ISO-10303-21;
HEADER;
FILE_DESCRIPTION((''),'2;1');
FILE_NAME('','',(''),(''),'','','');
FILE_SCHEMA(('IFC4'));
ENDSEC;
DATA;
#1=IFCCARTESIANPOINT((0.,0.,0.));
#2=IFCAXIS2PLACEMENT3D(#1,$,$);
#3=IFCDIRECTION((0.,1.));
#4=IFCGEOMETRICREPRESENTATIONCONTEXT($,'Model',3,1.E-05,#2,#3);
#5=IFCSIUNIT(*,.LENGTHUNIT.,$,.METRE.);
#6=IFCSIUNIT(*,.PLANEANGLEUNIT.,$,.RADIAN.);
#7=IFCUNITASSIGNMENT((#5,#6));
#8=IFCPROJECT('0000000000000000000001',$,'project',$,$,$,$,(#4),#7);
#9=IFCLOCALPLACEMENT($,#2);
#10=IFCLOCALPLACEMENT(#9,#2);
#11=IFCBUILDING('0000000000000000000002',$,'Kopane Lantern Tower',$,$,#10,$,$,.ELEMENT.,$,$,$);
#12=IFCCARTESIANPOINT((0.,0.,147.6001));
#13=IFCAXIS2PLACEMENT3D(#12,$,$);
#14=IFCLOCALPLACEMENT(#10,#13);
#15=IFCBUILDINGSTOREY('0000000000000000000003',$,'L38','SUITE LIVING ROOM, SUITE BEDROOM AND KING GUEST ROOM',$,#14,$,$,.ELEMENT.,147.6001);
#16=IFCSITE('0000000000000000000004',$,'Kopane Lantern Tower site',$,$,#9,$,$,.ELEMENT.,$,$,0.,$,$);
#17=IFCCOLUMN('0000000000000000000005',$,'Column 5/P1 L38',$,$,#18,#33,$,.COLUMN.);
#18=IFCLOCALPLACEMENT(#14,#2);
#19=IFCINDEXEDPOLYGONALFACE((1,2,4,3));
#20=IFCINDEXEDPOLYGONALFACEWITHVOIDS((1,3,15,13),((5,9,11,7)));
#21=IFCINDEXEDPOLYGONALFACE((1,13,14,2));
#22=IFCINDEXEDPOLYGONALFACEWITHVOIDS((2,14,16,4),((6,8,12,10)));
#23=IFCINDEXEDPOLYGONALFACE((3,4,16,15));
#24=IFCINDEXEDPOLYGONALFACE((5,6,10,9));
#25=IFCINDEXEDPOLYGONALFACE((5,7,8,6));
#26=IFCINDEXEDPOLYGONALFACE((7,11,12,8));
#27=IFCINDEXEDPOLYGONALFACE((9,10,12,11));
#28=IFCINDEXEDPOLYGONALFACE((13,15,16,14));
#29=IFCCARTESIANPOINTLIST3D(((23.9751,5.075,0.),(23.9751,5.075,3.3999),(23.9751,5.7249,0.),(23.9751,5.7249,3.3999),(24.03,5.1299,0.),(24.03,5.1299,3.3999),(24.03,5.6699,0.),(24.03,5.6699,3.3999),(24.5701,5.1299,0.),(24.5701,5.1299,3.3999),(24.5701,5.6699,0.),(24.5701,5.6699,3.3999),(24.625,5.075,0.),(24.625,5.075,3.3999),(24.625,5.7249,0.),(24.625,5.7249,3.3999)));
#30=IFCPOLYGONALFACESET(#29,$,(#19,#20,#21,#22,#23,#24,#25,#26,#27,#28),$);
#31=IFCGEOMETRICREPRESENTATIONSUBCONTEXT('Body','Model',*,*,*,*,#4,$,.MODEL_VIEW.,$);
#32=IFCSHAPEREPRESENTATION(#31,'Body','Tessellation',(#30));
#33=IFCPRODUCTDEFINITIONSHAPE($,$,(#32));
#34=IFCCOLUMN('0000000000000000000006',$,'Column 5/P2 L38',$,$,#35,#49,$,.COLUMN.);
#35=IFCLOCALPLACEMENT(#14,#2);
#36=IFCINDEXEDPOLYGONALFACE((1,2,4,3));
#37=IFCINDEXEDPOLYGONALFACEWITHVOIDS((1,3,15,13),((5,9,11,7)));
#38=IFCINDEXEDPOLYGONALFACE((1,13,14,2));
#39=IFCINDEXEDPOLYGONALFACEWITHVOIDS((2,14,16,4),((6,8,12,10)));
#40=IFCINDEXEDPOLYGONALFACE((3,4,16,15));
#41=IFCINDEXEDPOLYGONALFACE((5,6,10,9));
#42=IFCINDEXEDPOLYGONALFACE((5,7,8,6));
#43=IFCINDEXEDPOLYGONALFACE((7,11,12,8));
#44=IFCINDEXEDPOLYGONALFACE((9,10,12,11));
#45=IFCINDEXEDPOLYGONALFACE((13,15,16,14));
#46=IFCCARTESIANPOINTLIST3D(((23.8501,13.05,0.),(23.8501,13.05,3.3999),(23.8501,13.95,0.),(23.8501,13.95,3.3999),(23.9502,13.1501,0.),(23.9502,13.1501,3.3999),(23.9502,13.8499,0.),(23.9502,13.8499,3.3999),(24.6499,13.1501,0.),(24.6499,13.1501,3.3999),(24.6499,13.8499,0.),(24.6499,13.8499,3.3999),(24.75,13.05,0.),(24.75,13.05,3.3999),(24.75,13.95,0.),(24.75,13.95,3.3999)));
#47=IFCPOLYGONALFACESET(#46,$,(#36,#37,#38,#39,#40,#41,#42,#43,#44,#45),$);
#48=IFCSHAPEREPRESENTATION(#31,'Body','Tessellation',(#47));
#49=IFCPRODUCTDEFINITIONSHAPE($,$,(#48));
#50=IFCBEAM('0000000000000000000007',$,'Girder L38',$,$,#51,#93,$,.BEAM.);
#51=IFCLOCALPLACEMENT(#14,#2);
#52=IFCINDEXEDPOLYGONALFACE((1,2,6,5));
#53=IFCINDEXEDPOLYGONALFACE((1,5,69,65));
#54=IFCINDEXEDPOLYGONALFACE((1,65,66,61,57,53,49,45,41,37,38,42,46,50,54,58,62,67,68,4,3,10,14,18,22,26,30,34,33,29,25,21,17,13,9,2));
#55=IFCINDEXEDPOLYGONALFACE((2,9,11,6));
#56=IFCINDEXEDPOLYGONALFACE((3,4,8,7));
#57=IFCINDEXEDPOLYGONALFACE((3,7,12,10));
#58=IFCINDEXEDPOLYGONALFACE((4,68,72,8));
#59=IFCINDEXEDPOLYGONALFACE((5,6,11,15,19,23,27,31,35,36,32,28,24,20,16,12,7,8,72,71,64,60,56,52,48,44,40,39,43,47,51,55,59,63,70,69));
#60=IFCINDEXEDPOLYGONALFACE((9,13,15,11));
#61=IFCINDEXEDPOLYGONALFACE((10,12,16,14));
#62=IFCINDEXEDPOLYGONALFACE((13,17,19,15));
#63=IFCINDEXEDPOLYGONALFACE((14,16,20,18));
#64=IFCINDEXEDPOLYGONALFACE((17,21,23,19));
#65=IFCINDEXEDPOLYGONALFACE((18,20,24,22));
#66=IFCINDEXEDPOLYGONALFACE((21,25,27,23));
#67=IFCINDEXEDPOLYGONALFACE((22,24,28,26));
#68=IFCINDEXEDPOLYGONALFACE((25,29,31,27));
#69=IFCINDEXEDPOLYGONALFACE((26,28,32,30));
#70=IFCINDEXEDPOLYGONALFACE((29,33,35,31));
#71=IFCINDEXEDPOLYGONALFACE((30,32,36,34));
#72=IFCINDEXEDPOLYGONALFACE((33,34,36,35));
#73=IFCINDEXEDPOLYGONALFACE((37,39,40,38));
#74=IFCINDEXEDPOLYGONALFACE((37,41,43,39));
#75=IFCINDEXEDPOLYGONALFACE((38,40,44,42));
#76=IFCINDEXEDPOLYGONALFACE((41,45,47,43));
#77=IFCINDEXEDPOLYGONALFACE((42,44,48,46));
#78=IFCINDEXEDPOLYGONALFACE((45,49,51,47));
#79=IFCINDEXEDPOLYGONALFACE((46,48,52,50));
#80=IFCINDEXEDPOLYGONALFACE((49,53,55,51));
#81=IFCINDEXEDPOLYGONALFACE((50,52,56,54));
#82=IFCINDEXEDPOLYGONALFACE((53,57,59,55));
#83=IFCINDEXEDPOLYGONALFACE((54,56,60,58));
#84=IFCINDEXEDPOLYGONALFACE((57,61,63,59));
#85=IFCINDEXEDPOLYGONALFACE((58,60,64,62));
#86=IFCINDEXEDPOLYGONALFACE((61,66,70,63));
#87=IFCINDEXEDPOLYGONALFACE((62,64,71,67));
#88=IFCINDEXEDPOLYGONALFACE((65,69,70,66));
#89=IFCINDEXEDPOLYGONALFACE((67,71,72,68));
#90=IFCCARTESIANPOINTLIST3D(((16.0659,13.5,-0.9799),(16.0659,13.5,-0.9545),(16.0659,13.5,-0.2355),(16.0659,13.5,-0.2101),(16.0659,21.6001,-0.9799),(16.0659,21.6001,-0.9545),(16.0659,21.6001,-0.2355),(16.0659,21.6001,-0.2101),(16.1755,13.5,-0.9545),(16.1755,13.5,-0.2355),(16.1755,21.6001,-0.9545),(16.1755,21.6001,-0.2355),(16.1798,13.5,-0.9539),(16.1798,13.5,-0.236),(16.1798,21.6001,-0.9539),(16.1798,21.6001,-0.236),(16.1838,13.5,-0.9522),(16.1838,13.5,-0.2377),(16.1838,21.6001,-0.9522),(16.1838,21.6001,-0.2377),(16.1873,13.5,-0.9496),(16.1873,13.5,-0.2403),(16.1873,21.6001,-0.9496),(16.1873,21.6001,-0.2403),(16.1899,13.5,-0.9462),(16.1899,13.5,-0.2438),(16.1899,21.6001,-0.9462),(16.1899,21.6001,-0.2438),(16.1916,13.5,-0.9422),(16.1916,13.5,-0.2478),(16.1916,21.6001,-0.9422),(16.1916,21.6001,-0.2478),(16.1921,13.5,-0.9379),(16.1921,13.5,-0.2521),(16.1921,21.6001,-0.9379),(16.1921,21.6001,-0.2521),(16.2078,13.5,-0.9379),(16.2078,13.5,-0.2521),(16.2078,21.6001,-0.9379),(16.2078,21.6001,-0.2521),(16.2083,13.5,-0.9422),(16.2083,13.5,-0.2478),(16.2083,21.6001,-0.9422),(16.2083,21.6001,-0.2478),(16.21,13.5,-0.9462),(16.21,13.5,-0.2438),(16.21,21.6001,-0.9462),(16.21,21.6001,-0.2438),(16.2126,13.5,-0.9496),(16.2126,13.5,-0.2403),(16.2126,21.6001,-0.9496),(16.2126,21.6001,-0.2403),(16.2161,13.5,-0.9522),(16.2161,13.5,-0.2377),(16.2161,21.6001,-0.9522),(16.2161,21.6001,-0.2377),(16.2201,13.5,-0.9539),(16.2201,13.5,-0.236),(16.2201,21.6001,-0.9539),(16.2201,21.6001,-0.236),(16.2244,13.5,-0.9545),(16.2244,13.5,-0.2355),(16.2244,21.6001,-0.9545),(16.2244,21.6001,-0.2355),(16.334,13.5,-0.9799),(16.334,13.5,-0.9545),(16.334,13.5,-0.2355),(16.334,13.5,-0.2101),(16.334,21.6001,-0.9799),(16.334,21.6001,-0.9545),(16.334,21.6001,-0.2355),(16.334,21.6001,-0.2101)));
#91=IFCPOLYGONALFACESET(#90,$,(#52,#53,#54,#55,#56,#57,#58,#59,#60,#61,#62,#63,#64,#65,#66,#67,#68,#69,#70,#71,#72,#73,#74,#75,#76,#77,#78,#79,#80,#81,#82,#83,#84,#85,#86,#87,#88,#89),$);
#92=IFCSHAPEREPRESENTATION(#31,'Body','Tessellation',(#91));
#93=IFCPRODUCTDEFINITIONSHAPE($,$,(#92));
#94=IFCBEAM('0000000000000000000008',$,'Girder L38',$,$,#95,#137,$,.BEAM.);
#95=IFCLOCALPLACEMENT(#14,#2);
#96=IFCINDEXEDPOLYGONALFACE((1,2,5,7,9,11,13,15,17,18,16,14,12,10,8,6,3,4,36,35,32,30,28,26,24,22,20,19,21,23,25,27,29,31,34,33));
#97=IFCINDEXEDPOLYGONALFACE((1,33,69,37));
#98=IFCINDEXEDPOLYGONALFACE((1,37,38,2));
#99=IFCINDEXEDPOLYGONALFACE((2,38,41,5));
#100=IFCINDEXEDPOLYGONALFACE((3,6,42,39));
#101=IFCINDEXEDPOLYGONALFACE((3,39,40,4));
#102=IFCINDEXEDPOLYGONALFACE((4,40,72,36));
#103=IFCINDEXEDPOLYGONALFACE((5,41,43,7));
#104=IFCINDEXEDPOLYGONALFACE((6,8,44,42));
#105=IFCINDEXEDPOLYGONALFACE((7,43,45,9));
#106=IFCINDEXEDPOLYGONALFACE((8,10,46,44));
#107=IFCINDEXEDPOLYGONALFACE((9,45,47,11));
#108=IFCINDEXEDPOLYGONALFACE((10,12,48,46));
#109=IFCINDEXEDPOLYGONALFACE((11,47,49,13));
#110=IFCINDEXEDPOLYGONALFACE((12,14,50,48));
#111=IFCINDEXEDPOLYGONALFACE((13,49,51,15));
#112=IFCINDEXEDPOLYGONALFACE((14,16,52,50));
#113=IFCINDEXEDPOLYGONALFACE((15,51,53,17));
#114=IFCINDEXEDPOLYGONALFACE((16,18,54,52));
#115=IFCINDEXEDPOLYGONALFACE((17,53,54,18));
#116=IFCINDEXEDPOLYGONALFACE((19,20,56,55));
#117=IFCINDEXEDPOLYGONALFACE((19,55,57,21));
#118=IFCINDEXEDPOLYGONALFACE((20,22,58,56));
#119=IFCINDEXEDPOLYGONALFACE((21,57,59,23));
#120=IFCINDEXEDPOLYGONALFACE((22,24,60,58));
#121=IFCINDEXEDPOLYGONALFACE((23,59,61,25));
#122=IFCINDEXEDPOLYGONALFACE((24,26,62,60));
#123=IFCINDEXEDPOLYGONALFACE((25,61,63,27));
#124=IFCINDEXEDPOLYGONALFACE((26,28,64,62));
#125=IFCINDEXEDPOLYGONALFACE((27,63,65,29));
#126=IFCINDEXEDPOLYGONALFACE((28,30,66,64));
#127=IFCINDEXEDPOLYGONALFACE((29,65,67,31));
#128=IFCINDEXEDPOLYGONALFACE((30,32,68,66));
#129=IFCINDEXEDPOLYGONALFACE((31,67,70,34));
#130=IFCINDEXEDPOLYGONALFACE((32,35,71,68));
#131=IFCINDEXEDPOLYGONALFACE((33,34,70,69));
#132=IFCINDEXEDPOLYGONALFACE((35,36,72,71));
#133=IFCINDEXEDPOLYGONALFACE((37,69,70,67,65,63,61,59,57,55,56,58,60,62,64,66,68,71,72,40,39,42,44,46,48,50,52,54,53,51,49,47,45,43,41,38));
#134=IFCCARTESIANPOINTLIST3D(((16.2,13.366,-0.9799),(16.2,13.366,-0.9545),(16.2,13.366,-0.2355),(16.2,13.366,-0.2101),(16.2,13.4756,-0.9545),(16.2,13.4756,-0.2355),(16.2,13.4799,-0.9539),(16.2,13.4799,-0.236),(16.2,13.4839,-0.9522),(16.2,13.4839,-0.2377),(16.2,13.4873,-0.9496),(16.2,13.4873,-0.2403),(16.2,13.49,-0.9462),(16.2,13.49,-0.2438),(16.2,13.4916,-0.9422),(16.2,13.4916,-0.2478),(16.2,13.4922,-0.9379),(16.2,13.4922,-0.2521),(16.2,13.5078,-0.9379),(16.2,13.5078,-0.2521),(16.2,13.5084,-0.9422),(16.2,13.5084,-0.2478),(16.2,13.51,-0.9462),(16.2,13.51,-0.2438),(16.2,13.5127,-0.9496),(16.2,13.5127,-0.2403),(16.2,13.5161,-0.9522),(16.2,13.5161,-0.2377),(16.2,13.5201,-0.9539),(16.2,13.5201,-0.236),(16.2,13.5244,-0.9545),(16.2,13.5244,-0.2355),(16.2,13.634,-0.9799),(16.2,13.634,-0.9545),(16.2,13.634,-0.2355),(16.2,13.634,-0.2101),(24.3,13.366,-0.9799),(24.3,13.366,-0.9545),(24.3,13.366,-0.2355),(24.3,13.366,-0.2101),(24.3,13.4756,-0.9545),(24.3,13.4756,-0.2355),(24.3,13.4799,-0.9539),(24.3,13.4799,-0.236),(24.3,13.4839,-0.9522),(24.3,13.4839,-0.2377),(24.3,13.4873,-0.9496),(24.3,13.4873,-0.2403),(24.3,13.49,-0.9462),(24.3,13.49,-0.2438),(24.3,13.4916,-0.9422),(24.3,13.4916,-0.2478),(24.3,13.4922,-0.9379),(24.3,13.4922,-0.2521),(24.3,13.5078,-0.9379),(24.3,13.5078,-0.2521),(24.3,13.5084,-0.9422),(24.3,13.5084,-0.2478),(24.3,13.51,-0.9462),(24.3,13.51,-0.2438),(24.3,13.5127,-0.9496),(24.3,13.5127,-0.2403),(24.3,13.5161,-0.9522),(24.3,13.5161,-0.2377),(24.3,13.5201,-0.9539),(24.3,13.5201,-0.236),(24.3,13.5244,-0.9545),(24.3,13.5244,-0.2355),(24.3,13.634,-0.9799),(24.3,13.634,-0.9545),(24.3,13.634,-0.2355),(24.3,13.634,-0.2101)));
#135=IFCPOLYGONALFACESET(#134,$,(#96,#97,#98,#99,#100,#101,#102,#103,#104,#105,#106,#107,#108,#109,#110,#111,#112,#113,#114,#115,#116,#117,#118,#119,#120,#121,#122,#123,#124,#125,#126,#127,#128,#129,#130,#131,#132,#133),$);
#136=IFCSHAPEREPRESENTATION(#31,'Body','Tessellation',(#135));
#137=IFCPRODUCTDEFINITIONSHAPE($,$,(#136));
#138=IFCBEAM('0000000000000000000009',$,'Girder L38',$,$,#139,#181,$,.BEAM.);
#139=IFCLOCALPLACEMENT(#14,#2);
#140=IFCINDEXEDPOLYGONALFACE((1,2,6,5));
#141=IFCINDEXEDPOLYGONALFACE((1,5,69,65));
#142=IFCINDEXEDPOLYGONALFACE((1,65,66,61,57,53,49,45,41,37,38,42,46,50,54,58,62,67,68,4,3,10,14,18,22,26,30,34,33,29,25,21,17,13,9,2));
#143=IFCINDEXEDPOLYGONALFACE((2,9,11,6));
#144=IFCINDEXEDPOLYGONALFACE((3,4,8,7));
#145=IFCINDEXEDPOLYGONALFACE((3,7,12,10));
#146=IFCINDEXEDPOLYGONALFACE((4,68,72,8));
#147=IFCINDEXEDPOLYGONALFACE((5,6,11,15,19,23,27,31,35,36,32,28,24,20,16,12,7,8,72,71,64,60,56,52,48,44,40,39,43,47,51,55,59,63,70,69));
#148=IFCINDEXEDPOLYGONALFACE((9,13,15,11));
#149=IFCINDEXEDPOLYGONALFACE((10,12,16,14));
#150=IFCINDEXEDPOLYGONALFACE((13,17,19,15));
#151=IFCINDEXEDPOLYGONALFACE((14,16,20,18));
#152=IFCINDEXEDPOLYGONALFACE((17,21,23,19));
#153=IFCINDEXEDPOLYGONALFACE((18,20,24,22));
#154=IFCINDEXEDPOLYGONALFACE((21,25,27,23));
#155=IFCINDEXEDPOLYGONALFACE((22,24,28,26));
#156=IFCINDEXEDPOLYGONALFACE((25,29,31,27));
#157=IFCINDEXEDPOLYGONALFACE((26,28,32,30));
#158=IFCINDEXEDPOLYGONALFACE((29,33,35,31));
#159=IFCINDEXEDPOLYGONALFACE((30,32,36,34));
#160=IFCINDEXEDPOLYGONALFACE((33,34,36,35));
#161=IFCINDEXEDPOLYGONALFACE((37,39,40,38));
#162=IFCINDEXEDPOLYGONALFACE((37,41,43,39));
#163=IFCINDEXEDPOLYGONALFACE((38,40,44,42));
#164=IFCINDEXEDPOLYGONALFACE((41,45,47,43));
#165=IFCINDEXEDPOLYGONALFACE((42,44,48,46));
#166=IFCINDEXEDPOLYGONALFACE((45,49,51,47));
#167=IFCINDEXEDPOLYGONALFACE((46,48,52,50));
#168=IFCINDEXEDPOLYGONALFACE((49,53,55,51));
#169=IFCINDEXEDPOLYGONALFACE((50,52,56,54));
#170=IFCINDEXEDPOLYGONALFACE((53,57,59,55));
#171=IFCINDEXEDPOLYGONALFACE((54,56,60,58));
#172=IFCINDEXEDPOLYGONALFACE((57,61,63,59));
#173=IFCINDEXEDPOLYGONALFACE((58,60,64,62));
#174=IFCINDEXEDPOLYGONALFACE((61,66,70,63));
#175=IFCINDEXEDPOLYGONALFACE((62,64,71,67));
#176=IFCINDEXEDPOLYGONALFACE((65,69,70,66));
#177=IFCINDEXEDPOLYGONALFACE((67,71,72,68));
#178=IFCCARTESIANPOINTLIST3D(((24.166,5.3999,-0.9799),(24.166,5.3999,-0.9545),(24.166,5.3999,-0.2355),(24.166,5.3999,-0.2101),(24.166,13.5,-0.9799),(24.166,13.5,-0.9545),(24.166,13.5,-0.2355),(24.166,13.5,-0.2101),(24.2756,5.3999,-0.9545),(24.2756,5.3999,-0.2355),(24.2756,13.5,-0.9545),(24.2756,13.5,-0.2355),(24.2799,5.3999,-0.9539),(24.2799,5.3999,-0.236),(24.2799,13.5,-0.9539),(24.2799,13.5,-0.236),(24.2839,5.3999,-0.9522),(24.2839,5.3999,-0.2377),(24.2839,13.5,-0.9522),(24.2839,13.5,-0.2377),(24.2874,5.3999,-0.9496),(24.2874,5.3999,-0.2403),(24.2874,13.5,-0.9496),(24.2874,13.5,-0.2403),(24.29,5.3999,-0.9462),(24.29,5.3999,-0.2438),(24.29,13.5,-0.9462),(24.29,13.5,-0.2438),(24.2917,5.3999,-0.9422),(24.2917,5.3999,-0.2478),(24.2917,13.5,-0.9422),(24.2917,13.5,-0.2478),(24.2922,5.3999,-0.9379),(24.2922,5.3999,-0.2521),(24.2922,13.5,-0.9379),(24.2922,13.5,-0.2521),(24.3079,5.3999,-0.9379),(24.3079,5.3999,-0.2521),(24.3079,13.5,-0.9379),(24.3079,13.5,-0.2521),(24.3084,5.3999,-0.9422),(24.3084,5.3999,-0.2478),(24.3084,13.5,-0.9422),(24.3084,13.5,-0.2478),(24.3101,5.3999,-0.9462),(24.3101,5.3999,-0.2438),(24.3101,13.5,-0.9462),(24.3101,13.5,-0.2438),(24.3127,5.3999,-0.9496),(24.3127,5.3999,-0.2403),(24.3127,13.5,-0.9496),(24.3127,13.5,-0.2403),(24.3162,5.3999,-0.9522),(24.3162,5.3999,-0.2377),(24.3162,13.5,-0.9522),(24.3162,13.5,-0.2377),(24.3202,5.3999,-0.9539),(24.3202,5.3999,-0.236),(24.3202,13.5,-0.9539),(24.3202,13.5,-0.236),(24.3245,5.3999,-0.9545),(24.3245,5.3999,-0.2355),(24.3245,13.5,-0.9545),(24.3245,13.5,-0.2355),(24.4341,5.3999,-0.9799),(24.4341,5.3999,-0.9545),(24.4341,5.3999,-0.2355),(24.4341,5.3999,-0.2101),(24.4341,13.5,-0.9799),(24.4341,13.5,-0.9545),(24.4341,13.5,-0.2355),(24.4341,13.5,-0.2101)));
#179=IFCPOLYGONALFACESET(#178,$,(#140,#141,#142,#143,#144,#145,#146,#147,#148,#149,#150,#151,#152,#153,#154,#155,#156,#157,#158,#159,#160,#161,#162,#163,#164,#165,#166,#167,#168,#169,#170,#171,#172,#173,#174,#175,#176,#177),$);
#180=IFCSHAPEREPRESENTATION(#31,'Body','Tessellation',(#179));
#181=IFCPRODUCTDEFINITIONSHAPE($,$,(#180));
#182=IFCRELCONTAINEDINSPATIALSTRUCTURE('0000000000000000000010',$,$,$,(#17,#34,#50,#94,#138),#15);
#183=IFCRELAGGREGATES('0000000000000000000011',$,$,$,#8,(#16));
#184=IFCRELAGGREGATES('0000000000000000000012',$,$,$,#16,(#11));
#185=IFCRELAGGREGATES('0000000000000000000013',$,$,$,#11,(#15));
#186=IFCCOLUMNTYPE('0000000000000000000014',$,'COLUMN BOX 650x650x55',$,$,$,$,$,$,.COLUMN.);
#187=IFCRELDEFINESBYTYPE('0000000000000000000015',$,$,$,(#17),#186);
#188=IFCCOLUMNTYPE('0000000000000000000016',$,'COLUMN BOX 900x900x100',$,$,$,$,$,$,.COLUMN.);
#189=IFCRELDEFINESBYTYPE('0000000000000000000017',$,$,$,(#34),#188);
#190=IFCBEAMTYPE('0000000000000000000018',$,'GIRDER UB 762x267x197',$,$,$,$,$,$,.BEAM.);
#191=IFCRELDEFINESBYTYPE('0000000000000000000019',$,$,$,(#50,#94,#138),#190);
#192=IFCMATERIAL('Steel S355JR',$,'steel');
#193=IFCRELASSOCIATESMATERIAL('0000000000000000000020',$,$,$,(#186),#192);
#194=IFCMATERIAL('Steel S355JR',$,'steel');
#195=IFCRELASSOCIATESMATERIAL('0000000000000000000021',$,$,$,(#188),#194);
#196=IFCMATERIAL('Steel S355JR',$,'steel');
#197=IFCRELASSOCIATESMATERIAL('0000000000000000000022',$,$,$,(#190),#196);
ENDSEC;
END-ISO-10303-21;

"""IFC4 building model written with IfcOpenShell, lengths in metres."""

from ifc_helpers import new_model, si_unit, direction, frame, origin, origin_2d, place, context, subcontext, project, spatial, hollow_rectangle, i_section, extrude, material, material_profile, profile_set, type_object, element, save


model = new_model("IFC4")

# Units and contexts
model_context = context("Model", 3, precision=1e-05, world=origin(), true_north=direction((0.0, 1.0)))
body_context = subcontext(model_context, "Body", "Model", "MODEL_VIEW")
ifc_project = project(units=[si_unit("LENGTHUNIT", "METRE"), si_unit("PLANEANGLEUNIT", "RADIAN")], contexts=[model_context])

# Site, building, storey
site_placement = place(None, origin())
site = spatial("IfcSite", under=ifc_project, at=site_placement, Name="Kopane Lantern Tower site", CompositionType="ELEMENT", RefElevation=0.0)
building_placement = place(site_placement, origin())
building = spatial("IfcBuilding", under=site, at=building_placement, Name="Kopane Lantern Tower", CompositionType="ELEMENT")
storey_placement = place(building_placement, frame((0.0, 0.0, 147.6001)))
storey = spatial("IfcBuildingStorey", under=building, at=storey_placement, Name="L38", Description="SUITE LIVING ROOM, SUITE BEDROOM AND KING GUEST ROOM", CompositionType="ELEMENT", Elevation=147.6001)

# Columns
ifc_material_1 = material(Name="Steel S355JR", Category="steel")
ifc_material_profile_1 = material_profile(ifc_material_1, hollow_rectangle(XDim=0.6499, YDim=0.6499, WallThickness=0.0549, at=origin_2d()), Name="BOX 650x650x55")
ifc_profile_set_1 = profile_set([ifc_material_profile_1], Name="Steel S355JR")
column_type_1 = type_object("IfcColumnType", Name="COLUMN BOX 650x650x55", PredefinedType="COLUMN", material=ifc_profile_set_1)
column_1_placement = place(storey_placement, frame((24.3, 5.3999, 0.0), z_axis=(0.0, 0.0, 1.0), x_axis=(1.0, 0.0, 0.0)))
element("IfcColumn", 1, at=column_1_placement, inside=storey, type_object=column_type_1, Name="Column 5/P1 L38", PredefinedType="COLUMN", context=body_context, shape_type="SweptSolid", body=[
    extrude(hollow_rectangle(XDim=0.6499, YDim=0.6499, WallThickness=0.0549, at=origin_2d()), origin(), (0.0, 0.0, 1.0), 3.3999),
])
ifc_material_2 = material(Name="Steel S355JR", Category="steel")
ifc_material_profile_2 = material_profile(ifc_material_2, hollow_rectangle(XDim=0.8999, YDim=0.8999, WallThickness=0.1001, at=origin_2d()), Name="BOX 900x900x100")
ifc_profile_set_2 = profile_set([ifc_material_profile_2], Name="Steel S355JR")
column_type_2 = type_object("IfcColumnType", Name="COLUMN BOX 900x900x100", PredefinedType="COLUMN", material=ifc_profile_set_2)
column_2_placement = place(storey_placement, frame((24.3, 13.5, 0.0), z_axis=(0.0, 0.0, 1.0), x_axis=(1.0, 0.0, 0.0)))
element("IfcColumn", 2, at=column_2_placement, inside=storey, type_object=column_type_2, Name="Column 5/P2 L38", PredefinedType="COLUMN", context=body_context, shape_type="SweptSolid", body=[
    extrude(hollow_rectangle(XDim=0.8999, YDim=0.8999, WallThickness=0.1001, at=origin_2d()), origin(), (0.0, 0.0, 1.0), 3.3999),
])

# Beams
ifc_material_3 = material(Name="Steel S355JR", Category="steel")
ifc_material_profile_3 = material_profile(ifc_material_3, i_section(OverallWidth=0.2681, OverallDepth=0.7698, WebThickness=0.0156, FlangeThickness=0.0254, FilletRadius=0.0166, at=origin_2d()), Name="UB 762x267x197")
ifc_profile_set_3 = profile_set([ifc_material_profile_3], Name="Steel S355JR")
beam_type = type_object("IfcBeamType", Name="GIRDER UB 762x267x197", PredefinedType="BEAM", material=ifc_profile_set_3)
for number, where, z_axis, x_axis, name in (
    (3, (16.2, 13.5, -0.595), (0.0, 1.0, 0.0), (-1.0, 0.0, 0.0), "Girder L38"),
    (4, (16.2, 13.5, -0.595), (1.0, 0.0, 0.0), (0.0, 1.0, 0.0), "Girder L38"),
    (5, (24.3, 5.3999, -0.595), (0.0, 1.0, 0.0), (-1.0, 0.0, 0.0), "Girder L38"),
):
    element("IfcBeam", number, at=place(storey_placement, frame(where, z_axis=z_axis, x_axis=x_axis)), inside=storey, type_object=beam_type, Name=name, PredefinedType="BEAM", context=body_context, shape_type="SweptSolid", body=[
        extrude(i_section(OverallWidth=0.2681, OverallDepth=0.7698, WebThickness=0.0156, FlangeThickness=0.0254, FilletRadius=0.0166, at=origin_2d()), origin(), (0.0, 0.0, 1.0), 8.1001),
    ])

save(model, "model.ifc")
